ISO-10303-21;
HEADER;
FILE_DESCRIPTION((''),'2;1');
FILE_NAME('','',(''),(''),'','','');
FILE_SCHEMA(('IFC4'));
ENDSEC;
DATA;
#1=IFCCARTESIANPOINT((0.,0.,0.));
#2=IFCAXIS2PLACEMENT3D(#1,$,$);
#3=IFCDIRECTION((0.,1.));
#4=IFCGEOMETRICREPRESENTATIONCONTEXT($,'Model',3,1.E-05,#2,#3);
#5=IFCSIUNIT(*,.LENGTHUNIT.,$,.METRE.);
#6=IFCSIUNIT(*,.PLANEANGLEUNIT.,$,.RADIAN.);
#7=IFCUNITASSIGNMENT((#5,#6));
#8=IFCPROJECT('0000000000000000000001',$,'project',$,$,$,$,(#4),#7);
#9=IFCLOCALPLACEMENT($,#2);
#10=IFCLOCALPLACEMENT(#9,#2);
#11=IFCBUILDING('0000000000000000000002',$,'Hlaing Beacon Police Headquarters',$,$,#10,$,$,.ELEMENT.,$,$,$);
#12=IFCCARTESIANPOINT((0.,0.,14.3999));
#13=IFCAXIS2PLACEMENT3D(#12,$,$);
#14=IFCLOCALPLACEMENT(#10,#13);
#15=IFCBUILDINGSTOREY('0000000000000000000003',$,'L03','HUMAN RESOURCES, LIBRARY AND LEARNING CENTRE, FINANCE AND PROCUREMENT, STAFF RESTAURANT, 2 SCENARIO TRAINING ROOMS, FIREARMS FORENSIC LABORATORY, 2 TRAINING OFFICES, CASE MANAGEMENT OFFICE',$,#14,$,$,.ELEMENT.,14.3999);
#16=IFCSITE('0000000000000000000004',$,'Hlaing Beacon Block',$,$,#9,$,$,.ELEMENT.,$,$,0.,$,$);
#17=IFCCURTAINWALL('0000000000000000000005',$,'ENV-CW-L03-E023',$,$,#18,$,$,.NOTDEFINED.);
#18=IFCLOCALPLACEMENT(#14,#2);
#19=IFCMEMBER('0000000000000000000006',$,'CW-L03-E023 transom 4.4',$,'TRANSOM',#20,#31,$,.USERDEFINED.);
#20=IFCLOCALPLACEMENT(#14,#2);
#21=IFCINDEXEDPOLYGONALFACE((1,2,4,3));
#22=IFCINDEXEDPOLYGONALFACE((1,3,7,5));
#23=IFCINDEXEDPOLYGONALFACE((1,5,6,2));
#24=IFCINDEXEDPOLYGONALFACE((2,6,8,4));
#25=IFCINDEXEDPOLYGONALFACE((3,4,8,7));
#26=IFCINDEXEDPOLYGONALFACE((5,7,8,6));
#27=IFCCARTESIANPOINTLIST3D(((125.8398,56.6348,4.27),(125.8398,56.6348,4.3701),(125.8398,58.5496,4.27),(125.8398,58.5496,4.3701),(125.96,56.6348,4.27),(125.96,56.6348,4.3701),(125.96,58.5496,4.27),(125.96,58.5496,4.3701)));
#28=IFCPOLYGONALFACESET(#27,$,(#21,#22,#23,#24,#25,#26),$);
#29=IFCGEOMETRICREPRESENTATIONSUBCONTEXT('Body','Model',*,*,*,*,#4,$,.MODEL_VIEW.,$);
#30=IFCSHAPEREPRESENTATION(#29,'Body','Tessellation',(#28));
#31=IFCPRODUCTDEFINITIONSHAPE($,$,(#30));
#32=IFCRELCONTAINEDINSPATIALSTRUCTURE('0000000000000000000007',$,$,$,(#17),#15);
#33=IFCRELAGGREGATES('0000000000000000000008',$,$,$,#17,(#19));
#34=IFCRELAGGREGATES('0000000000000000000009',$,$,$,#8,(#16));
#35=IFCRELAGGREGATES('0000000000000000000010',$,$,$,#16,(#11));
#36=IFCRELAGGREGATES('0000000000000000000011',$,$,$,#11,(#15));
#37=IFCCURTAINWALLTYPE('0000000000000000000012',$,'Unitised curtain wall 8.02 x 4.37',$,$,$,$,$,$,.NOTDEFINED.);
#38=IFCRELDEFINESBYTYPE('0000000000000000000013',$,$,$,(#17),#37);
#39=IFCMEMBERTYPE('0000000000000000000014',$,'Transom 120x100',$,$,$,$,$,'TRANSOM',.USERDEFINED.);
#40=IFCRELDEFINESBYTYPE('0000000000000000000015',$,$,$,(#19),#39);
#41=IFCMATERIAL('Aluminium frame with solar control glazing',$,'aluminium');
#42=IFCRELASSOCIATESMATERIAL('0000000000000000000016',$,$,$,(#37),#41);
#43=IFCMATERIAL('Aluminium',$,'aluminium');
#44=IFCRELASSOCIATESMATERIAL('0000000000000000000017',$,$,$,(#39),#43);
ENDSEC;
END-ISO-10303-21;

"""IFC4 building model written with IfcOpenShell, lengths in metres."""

from ifc_helpers import new_model, si_unit, direction, frame, origin, origin_2d, place, context, subcontext, project, spatial, rectangle, extrude, material, material_profile, profile_set, type_object, element, aggregate, save


model = new_model("IFC4")

# Units and contexts
model_context = context("Model", 3, precision=1e-05, world=origin(), true_north=direction((0.0, 1.0)))
body_context = subcontext(model_context, "Body", "Model", "MODEL_VIEW")
ifc_project = project(units=[si_unit("LENGTHUNIT", "METRE"), si_unit("PLANEANGLEUNIT", "RADIAN")], contexts=[model_context])

# Site, building, storey
site_placement = place(None, origin())
site = spatial("IfcSite", under=ifc_project, at=site_placement, Name="Hlaing Beacon Block", CompositionType="ELEMENT", RefElevation=0.0)
building_placement = place(site_placement, origin())
building = spatial("IfcBuilding", under=site, at=building_placement, Name="Hlaing Beacon Police Headquarters", CompositionType="ELEMENT")
storey_placement = place(building_placement, frame((0.0, 0.0, 14.3999)))
storey = spatial("IfcBuildingStorey", under=building, at=storey_placement, Name="L03", Description="HUMAN RESOURCES, LIBRARY AND LEARNING CENTRE, FINANCE AND PROCUREMENT, STAFF RESTAURANT, 2 SCENARIO TRAINING ROOMS, FIREARMS FORENSIC LABORATORY, 2 TRAINING OFFICES, CASE MANAGEMENT OFFICE", CompositionType="ELEMENT", Elevation=14.3999)

# Curtain wall
ifc_material_1 = material(Name="Aluminium frame with solar control glazing", Category="aluminium")
curtain_wall_type = type_object("IfcCurtainWallType", Name="Unitised curtain wall 8.02 x 4.37", PredefinedType="NOTDEFINED", material=ifc_material_1)
curtain_wall_1_placement = place(storey_placement, origin())
curtain_wall_1 = element("IfcCurtainWall", 1, at=curtain_wall_1_placement, inside=storey, type_object=curtain_wall_type, Name="ENV-CW-L03-E023", PredefinedType="NOTDEFINED")

# Member
ifc_material_2 = material(Name="Aluminium", Category="aluminium")
ifc_material_profile_1 = material_profile(ifc_material_2, rectangle(XDim=0.1201, YDim=0.1001, at=origin_2d()), Name="Transom 120x100")
ifc_profile_set_1 = profile_set([ifc_material_profile_1], Name="Aluminium")
member_type_1 = type_object("IfcMemberType", Name="Transom 120x100", ElementType="TRANSOM", PredefinedType="USERDEFINED", material=ifc_profile_set_1)
member_1_placement = place(storey_placement, frame((125.8999, 56.6348, 4.3201), z_axis=(0.0, 1.0, 0.0), x_axis=(-1.0, 0.0, 0.0)))
member_1 = element("IfcMember", 2, at=member_1_placement, type_object=member_type_1, Name="CW-L03-E023 transom 4.4", ObjectType="TRANSOM", PredefinedType="USERDEFINED", context=body_context, shape_type="SweptSolid", body=[
    extrude(rectangle(XDim=0.1201, YDim=0.1001, at=origin_2d()), origin(), (0.0, 0.0, 1.0), 1.9148),
])
aggregate(curtain_wall_1, [member_1])

save(model, "model.ifc")
